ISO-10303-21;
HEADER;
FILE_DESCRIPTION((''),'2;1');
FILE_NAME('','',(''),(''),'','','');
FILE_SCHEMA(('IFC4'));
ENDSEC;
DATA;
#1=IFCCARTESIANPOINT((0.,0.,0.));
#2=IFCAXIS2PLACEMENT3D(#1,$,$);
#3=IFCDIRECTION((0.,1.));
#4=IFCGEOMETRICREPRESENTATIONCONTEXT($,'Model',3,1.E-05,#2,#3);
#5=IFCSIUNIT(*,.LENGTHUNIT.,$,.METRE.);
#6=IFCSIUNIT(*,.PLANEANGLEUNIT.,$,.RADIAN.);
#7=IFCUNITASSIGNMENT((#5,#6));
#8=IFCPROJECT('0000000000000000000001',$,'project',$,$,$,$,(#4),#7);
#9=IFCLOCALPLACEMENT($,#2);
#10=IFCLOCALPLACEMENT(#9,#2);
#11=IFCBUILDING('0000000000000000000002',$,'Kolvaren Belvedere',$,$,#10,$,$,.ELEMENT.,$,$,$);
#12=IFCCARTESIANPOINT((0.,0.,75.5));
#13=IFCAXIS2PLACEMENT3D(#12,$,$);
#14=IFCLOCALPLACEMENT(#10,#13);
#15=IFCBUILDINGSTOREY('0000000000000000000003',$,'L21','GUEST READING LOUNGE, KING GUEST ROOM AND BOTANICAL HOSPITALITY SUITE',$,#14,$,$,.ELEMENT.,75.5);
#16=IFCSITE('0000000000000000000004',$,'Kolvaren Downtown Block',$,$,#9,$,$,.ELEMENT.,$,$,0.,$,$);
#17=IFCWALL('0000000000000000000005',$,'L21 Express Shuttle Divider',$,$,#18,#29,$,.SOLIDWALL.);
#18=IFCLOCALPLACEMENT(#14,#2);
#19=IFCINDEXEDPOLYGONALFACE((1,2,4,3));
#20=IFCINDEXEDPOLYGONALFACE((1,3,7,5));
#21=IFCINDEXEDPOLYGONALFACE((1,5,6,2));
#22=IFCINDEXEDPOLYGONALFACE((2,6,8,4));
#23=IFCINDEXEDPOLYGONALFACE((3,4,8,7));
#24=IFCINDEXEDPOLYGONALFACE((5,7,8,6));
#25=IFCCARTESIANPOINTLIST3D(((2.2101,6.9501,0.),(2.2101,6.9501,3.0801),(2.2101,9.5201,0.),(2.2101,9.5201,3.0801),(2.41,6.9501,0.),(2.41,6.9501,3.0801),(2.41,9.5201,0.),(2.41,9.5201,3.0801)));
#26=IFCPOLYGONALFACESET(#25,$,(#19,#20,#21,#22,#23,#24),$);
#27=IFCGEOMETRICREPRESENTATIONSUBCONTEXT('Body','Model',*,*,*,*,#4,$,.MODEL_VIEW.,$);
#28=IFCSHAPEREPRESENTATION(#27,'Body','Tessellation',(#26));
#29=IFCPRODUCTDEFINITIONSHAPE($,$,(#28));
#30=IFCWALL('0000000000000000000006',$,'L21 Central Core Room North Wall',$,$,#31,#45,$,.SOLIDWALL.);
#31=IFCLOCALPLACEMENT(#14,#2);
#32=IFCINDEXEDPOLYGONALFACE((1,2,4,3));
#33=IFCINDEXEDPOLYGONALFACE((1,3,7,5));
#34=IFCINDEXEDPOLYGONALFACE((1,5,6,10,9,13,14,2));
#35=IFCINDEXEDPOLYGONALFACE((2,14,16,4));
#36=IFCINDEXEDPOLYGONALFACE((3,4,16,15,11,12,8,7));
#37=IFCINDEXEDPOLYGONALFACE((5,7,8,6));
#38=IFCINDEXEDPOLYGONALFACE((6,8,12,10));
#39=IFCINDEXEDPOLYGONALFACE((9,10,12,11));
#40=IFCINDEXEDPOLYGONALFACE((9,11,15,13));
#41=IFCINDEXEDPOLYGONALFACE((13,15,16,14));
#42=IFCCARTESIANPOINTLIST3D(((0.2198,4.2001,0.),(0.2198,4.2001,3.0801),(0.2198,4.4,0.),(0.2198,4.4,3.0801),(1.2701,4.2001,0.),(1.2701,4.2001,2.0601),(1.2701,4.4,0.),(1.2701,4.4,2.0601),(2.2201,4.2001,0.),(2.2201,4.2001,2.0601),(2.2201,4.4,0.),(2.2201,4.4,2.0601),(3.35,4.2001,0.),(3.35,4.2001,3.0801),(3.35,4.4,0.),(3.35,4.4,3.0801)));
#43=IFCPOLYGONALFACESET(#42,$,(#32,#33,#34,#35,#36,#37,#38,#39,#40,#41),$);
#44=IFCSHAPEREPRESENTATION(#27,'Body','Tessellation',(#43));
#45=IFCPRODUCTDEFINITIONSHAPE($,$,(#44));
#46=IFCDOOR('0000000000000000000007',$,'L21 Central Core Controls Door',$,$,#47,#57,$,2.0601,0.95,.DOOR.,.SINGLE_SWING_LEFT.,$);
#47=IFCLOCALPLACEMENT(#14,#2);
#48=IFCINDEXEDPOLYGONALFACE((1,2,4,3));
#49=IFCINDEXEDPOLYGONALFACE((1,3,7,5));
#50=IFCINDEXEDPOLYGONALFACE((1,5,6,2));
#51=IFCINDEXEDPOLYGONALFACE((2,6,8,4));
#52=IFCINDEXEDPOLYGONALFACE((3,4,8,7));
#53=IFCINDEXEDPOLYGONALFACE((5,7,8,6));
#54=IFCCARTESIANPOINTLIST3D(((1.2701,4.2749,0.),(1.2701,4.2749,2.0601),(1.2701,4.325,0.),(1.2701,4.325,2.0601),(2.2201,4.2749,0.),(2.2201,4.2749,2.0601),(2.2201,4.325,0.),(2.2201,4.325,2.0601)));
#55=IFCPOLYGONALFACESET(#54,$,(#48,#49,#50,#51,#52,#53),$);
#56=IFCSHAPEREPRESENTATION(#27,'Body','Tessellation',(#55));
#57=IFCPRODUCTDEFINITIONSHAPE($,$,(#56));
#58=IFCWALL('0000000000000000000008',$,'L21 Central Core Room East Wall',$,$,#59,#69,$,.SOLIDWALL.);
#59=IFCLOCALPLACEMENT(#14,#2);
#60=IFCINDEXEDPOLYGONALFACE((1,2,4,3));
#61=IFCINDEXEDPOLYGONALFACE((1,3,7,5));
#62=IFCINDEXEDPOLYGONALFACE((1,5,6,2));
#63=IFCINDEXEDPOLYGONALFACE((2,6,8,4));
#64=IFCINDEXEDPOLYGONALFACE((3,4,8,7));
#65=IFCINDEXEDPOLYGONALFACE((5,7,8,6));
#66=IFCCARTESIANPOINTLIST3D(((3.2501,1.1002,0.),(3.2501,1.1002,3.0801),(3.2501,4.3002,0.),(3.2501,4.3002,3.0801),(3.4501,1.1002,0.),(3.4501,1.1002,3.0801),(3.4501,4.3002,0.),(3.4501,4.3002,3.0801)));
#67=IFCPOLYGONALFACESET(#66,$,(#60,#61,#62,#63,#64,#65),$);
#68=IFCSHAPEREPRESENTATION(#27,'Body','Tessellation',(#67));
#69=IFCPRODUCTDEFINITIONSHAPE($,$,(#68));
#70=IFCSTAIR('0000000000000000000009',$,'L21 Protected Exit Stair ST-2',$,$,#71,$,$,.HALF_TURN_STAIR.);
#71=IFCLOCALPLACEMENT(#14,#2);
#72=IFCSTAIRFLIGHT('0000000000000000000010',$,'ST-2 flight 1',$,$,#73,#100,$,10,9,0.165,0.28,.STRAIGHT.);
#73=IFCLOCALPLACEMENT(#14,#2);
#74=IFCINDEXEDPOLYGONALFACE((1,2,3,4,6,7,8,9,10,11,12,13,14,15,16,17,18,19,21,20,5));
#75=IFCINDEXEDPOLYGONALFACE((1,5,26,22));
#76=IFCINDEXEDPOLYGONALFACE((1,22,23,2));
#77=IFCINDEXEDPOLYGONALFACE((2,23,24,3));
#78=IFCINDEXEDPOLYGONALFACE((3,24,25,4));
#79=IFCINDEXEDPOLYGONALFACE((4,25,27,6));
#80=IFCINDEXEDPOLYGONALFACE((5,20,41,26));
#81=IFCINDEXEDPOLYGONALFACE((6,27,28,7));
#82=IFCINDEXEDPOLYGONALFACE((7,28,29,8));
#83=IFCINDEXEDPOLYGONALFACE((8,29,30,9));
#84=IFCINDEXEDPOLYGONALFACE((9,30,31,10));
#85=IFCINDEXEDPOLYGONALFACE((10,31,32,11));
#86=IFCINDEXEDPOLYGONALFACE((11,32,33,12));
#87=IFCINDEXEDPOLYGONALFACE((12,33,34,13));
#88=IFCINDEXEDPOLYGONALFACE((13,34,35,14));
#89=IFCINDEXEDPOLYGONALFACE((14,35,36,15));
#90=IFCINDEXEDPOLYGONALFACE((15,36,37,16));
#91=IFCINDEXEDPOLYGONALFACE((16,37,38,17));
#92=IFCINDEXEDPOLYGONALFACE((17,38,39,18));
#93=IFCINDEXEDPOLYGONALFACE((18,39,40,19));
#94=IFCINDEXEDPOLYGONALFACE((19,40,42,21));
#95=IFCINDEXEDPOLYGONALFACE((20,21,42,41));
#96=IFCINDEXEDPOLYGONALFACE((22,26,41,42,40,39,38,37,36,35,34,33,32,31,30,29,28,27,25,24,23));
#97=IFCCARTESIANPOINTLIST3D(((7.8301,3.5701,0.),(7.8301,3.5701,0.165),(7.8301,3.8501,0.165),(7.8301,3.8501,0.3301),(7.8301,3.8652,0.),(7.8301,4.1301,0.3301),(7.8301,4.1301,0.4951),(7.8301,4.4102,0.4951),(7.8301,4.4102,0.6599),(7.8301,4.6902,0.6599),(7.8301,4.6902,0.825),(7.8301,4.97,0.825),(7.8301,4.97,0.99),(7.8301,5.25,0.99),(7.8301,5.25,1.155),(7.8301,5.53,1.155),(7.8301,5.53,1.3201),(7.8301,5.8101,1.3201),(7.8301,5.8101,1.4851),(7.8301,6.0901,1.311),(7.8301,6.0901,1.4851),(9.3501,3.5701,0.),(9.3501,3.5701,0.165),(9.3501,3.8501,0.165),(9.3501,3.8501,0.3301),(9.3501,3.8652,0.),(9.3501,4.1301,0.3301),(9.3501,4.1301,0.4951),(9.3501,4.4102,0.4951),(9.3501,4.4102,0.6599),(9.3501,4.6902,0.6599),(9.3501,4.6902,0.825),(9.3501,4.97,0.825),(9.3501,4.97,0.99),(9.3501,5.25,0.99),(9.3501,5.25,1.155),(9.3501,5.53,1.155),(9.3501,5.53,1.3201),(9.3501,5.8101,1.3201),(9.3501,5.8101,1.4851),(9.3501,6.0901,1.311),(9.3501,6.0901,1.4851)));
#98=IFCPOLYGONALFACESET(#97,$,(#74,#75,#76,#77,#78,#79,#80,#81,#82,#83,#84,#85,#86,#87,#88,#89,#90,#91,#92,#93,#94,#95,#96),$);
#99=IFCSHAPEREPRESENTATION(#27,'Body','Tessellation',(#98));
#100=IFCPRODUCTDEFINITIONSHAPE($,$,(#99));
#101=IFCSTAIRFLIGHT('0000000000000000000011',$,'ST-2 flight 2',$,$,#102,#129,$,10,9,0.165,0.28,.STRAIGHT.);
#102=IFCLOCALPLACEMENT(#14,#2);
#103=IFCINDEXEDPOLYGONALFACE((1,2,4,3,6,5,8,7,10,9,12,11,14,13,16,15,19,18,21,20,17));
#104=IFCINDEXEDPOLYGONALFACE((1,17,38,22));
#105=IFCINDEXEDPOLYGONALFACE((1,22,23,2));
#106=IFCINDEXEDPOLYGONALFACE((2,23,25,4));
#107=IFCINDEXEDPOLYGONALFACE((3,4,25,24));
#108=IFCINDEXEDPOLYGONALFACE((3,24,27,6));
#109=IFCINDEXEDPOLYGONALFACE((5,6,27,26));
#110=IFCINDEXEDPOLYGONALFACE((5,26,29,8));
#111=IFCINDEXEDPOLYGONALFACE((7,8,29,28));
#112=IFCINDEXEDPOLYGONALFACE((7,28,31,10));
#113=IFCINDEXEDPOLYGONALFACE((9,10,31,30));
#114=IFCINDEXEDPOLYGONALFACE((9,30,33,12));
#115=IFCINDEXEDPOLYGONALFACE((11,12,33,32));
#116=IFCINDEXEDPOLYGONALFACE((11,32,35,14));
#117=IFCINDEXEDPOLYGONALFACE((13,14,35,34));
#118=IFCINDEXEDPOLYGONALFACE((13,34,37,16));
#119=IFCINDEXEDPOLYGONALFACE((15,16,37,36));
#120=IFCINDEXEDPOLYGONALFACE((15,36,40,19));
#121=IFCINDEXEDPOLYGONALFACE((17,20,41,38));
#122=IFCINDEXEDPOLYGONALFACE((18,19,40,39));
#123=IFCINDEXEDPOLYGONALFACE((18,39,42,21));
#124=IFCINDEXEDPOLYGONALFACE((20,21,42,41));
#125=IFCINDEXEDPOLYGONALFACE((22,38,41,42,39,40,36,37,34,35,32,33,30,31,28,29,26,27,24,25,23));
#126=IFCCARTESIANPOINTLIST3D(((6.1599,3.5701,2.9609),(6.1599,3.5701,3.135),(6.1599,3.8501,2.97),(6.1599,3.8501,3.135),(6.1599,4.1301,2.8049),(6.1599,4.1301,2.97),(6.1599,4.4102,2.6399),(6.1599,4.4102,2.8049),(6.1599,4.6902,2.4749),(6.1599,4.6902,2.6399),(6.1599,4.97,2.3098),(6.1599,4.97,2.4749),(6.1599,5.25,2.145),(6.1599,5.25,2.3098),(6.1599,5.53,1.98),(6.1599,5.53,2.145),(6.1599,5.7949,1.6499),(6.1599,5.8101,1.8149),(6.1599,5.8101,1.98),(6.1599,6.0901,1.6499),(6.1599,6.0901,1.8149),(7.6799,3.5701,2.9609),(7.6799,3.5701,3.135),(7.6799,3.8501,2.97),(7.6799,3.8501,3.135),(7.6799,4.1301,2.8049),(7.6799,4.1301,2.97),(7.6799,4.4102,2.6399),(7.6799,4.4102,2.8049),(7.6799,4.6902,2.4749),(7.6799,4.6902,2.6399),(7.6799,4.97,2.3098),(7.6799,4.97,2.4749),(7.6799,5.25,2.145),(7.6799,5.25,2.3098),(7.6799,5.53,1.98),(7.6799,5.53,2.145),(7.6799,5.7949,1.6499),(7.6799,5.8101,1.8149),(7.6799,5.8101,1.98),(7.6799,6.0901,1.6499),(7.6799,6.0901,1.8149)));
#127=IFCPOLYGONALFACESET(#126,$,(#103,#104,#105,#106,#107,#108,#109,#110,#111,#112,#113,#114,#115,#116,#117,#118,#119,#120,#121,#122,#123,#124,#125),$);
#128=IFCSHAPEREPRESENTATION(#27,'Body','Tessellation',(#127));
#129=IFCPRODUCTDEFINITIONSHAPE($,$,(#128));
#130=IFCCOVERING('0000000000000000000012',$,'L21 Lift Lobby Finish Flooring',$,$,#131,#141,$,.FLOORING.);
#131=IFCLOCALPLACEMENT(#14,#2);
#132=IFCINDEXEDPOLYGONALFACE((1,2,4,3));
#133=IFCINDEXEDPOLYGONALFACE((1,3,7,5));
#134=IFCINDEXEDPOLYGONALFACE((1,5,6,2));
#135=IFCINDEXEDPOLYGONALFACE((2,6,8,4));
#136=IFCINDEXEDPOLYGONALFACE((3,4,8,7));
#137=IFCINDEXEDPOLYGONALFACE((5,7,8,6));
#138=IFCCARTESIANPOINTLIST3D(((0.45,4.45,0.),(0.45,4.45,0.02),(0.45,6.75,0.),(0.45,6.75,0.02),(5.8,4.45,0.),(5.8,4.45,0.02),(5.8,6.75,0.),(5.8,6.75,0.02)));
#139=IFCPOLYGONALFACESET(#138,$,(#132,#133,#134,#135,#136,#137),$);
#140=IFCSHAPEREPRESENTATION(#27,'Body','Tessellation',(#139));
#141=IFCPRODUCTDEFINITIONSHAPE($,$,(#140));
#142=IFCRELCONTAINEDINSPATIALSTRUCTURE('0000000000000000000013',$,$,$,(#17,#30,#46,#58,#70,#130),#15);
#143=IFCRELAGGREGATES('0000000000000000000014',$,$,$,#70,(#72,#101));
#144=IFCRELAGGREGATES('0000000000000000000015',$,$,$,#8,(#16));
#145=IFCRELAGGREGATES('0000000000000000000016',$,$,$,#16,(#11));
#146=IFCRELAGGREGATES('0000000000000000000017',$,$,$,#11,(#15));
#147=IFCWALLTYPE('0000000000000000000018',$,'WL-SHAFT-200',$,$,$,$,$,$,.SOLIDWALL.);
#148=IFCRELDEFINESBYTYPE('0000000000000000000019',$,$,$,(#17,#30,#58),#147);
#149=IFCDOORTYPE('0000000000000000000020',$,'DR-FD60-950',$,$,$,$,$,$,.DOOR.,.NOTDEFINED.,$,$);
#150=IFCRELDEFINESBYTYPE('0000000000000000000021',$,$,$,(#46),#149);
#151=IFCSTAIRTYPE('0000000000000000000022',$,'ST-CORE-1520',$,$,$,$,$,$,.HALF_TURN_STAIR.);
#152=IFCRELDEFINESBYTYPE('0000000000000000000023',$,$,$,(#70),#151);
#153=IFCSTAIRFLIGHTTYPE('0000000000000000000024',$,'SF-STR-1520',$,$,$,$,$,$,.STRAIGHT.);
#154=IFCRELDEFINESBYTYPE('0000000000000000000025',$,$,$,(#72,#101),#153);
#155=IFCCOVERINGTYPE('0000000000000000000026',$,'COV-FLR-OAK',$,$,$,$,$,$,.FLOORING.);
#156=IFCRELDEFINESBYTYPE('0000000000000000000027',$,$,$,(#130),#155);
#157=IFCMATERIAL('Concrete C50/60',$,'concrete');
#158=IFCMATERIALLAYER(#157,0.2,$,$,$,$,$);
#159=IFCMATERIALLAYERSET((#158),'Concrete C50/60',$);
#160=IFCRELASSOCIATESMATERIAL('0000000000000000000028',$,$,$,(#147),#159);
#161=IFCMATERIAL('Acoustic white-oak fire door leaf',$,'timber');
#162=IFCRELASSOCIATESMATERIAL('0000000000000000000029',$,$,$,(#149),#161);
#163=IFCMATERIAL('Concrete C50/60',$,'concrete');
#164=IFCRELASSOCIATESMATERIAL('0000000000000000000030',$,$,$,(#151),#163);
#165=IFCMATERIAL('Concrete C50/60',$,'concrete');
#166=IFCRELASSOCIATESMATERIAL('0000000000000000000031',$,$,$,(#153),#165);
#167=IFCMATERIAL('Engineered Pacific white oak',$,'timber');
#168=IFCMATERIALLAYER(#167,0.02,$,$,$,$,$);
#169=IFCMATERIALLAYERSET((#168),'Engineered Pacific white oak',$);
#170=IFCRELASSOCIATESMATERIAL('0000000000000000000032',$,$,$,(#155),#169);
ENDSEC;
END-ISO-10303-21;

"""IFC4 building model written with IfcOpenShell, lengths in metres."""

from ifc_helpers import new_model, si_unit, direction, frame, frame_2d, origin, place, context, subcontext, project, spatial, polyline, rectangle, outline, extrude, material, layer, layer_set, type_object, element, fill, aggregate, save


model = new_model("IFC4")

# Units and contexts
model_context = context("Model", 3, precision=1e-05, world=origin(), true_north=direction((0.0, 1.0)))
body_context = subcontext(model_context, "Body", "Model", "MODEL_VIEW")
ifc_project = project(units=[si_unit("LENGTHUNIT", "METRE"), si_unit("PLANEANGLEUNIT", "RADIAN")], contexts=[model_context])

# Site, building, storey
site_placement = place(None, origin())
site = spatial("IfcSite", under=ifc_project, at=site_placement, Name="Kolvaren Downtown Block", CompositionType="ELEMENT", RefElevation=0.0)
building_placement = place(site_placement, origin())
building = spatial("IfcBuilding", under=site, at=building_placement, Name="Kolvaren Belvedere", CompositionType="ELEMENT")
storey_placement = place(building_placement, frame((0.0, 0.0, 75.5)))
storey = spatial("IfcBuildingStorey", under=building, at=storey_placement, Name="L21", Description="GUEST READING LOUNGE, KING GUEST ROOM AND BOTANICAL HOSPITALITY SUITE", CompositionType="ELEMENT", Elevation=75.5)

# Shared definitions
ifc_material_1 = material(Name="Concrete C50/60", Category="concrete")
ifc_layer_1 = layer(ifc_material_1, 0.2)
ifc_layer_set_1 = layer_set([ifc_layer_1], Name="Concrete C50/60")
wall_type_1 = type_object("IfcWallType", Name="WL-SHAFT-200", PredefinedType="SOLIDWALL", material=ifc_layer_set_1)

# Wall
for number, where, z_axis, x_axis, name in (
    (1, (2.3101, 6.95, 0.0), (0.0, 0.0, 1.0), (0.0, 1.0, 0.0), "L21 Express Shuttle Divider"),
):
    element("IfcWall", number, at=place(storey_placement, frame(where, z_axis=z_axis, x_axis=x_axis)), inside=storey, type_object=wall_type_1, Name=name, PredefinedType="SOLIDWALL", context=body_context, shape_type="SweptSolid", body=[
        extrude(rectangle(XDim=2.5701, YDim=0.2, at=frame_2d((1.2852, 0.0))), origin(), (0.0, 0.0, 1.0), 3.0801),
    ])

# Wall, opening, door
wall_1_placement = place(storey_placement, frame((0.22, 4.3, 0.0), z_axis=(0.0, 0.0, 1.0), x_axis=(1.0, 0.0, 0.0)))
wall_1 = element("IfcWall", 2, at=wall_1_placement, inside=storey, type_object=wall_type_1, Name="L21 Central Core Room North Wall", PredefinedType="SOLIDWALL", context=body_context, shape_type="SweptSolid", body=[
    extrude(rectangle(XDim=3.1301, YDim=0.2, at=frame_2d((1.5649, 0.0))), origin(), (0.0, 0.0, 1.0), 3.0801),
])
opening_1_placement = place(wall_1_placement, frame((1.05, 0.0, 0.0)))
opening_1 = element("IfcOpeningElement", 3, at=opening_1_placement, cuts=wall_1, PredefinedType="OPENING", context=body_context, shape_type="SweptSolid", body=[
    extrude(rectangle(XDim=0.95, YDim=2.0601, at=frame_2d((0.4751, 1.03))), frame((0.0, 0.1099, 0.0), z_axis=(0.0, -1.0, 0.0), x_axis=(1.0, 0.0, 0.0)), (0.0, 0.0, 1.0), 0.22),
])
ifc_material_2 = material(Name="Acoustic white-oak fire door leaf", Category="timber")
door_type_1 = type_object("IfcDoorType", Name="DR-FD60-950", OperationType="NOTDEFINED", PredefinedType="DOOR", material=ifc_material_2)
door_1_placement = place(opening_1_placement, origin())
door_1 = element("IfcDoor", 4, at=door_1_placement, inside=storey, type_object=door_type_1, Name="L21 Central Core Controls Door", OperationType="SINGLE_SWING_LEFT", OverallHeight=2.0601, OverallWidth=0.95, PredefinedType="DOOR", context=body_context, shape_type="SweptSolid", body=[
    extrude(rectangle(XDim=0.95, YDim=2.0601, at=frame_2d((0.4751, 1.03))), frame((0.0, 0.0249, 0.0), z_axis=(0.0, -1.0, 0.0), x_axis=(1.0, 0.0, 0.0)), (0.0, 0.0, 1.0), 0.05),
])
fill(opening_1, door_1)

# Wall
wall_2_placement = place(storey_placement, frame((3.3501, 1.1001, 0.0), z_axis=(0.0, 0.0, 1.0), x_axis=(0.0, 1.0, 0.0)))
element("IfcWall", 5, at=wall_2_placement, inside=storey, type_object=wall_type_1, Name="L21 Central Core Room East Wall", PredefinedType="SOLIDWALL", context=body_context, shape_type="SweptSolid", body=[
    extrude(rectangle(XDim=3.2, YDim=0.2, at=frame_2d((1.6001, 0.0))), origin(), (0.0, 0.0, 1.0), 3.0801),
])

# Stair, stair flights
ifc_material_3 = material(Name="Concrete C50/60", Category="concrete")
stair_type = type_object("IfcStairType", Name="ST-CORE-1520", PredefinedType="HALF_TURN_STAIR", material=ifc_material_3)
stair_placement = place(storey_placement, origin())
stair = element("IfcStair", 6, at=stair_placement, inside=storey, type_object=stair_type, Name="L21 Protected Exit Stair ST-2", PredefinedType="HALF_TURN_STAIR")
ifc_material_4 = material(Name="Concrete C50/60", Category="concrete")
stair_flight_type = type_object("IfcStairFlightType", Name="SF-STR-1520", PredefinedType="STRAIGHT", material=ifc_material_4)
stair_flight_1_placement = place(storey_placement, frame((8.5901, 3.5701, 0.0), z_axis=(0.0, 0.0, 1.0), x_axis=(0.0, 1.0, 0.0)))
stair_flight_1 = element("IfcStairFlight", 7, at=stair_flight_1_placement, type_object=stair_flight_type, Name="ST-2 flight 1", NumberOfRisers=10, NumberOfTreads=9, PredefinedType="STRAIGHT", RiserHeight=0.165, TreadLength=0.28, context=body_context, shape_type="SweptSolid", body=[
    extrude(outline(polyline([(0.0, 0.0), (0.0, 0.165), (0.28, 0.165), (0.28, 0.3301), (0.5601, 0.3301), (0.5601, 0.4951), (0.8401, 0.4951), (0.8401, 0.6599), (1.1201, 0.6599), (1.1201, 0.825), (1.3999, 0.825), (1.3999, 0.99), (1.6799, 0.99), (1.6799, 1.155), (1.96, 1.155), (1.96, 1.3201), (2.24, 1.3201), (2.24, 1.4851), (2.52, 1.4851), (2.52, 1.6499), (2.52, 1.311), (0.2952, 0.0), (0.0, 0.0)])), frame((0.0, 0.76, 0.0), z_axis=(0.0, -1.0, 0.0), x_axis=(1.0, 0.0, 0.0)), (0.0, 0.0, 1.0), 1.52),
])
stair_flight_2_placement = place(storey_placement, frame((6.9199, 6.0901, 1.6499), z_axis=(0.0, 0.0, 1.0), x_axis=(0.0, -1.0, 0.0)))
stair_flight_2 = element("IfcStairFlight", 8, at=stair_flight_2_placement, type_object=stair_flight_type, Name="ST-2 flight 2", NumberOfRisers=10, NumberOfTreads=9, PredefinedType="STRAIGHT", RiserHeight=0.165, TreadLength=0.28, context=body_context, shape_type="SweptSolid", body=[
    extrude(outline(polyline([(0.0, 0.0), (0.0, 0.165), (0.28, 0.165), (0.28, 0.3301), (0.5601, 0.3301), (0.5601, 0.4951), (0.8401, 0.4951), (0.8401, 0.6599), (1.1201, 0.6599), (1.1201, 0.825), (1.3999, 0.825), (1.3999, 0.99), (1.6799, 0.99), (1.6799, 1.155), (1.96, 1.155), (1.96, 1.3201), (2.24, 1.3201), (2.24, 1.4851), (2.52, 1.4851), (2.52, 1.6499), (2.52, 1.311), (0.2952, 0.0), (0.0, 0.0)])), frame((0.0, 0.76, 0.0), z_axis=(0.0, -1.0, 0.0), x_axis=(1.0, 0.0, 0.0)), (0.0, 0.0, 1.0), 1.52),
])
aggregate(stair, [stair_flight_1, stair_flight_2])

# Covering
ifc_material_5 = material(Name="Engineered Pacific white oak", Category="timber")
ifc_layer_2 = layer(ifc_material_5, 0.02)
ifc_layer_set_2 = layer_set([ifc_layer_2], Name="Engineered Pacific white oak")
covering_type = type_object("IfcCoveringType", Name="COV-FLR-OAK", PredefinedType="FLOORING", material=ifc_layer_set_2)
covering_placement = place(storey_placement, origin())
element("IfcCovering", 9, at=covering_placement, inside=storey, type_object=covering_type, Name="L21 Lift Lobby Finish Flooring", PredefinedType="FLOORING", context=body_context, shape_type="SweptSolid", body=[
    extrude(outline(polyline([(0.45, 4.45), (5.8, 4.45), (5.8, 6.75), (0.45, 6.75), (0.45, 4.45)])), origin(), (0.0, 0.0, 1.0), 0.02),
])

save(model, "model.ifc")
